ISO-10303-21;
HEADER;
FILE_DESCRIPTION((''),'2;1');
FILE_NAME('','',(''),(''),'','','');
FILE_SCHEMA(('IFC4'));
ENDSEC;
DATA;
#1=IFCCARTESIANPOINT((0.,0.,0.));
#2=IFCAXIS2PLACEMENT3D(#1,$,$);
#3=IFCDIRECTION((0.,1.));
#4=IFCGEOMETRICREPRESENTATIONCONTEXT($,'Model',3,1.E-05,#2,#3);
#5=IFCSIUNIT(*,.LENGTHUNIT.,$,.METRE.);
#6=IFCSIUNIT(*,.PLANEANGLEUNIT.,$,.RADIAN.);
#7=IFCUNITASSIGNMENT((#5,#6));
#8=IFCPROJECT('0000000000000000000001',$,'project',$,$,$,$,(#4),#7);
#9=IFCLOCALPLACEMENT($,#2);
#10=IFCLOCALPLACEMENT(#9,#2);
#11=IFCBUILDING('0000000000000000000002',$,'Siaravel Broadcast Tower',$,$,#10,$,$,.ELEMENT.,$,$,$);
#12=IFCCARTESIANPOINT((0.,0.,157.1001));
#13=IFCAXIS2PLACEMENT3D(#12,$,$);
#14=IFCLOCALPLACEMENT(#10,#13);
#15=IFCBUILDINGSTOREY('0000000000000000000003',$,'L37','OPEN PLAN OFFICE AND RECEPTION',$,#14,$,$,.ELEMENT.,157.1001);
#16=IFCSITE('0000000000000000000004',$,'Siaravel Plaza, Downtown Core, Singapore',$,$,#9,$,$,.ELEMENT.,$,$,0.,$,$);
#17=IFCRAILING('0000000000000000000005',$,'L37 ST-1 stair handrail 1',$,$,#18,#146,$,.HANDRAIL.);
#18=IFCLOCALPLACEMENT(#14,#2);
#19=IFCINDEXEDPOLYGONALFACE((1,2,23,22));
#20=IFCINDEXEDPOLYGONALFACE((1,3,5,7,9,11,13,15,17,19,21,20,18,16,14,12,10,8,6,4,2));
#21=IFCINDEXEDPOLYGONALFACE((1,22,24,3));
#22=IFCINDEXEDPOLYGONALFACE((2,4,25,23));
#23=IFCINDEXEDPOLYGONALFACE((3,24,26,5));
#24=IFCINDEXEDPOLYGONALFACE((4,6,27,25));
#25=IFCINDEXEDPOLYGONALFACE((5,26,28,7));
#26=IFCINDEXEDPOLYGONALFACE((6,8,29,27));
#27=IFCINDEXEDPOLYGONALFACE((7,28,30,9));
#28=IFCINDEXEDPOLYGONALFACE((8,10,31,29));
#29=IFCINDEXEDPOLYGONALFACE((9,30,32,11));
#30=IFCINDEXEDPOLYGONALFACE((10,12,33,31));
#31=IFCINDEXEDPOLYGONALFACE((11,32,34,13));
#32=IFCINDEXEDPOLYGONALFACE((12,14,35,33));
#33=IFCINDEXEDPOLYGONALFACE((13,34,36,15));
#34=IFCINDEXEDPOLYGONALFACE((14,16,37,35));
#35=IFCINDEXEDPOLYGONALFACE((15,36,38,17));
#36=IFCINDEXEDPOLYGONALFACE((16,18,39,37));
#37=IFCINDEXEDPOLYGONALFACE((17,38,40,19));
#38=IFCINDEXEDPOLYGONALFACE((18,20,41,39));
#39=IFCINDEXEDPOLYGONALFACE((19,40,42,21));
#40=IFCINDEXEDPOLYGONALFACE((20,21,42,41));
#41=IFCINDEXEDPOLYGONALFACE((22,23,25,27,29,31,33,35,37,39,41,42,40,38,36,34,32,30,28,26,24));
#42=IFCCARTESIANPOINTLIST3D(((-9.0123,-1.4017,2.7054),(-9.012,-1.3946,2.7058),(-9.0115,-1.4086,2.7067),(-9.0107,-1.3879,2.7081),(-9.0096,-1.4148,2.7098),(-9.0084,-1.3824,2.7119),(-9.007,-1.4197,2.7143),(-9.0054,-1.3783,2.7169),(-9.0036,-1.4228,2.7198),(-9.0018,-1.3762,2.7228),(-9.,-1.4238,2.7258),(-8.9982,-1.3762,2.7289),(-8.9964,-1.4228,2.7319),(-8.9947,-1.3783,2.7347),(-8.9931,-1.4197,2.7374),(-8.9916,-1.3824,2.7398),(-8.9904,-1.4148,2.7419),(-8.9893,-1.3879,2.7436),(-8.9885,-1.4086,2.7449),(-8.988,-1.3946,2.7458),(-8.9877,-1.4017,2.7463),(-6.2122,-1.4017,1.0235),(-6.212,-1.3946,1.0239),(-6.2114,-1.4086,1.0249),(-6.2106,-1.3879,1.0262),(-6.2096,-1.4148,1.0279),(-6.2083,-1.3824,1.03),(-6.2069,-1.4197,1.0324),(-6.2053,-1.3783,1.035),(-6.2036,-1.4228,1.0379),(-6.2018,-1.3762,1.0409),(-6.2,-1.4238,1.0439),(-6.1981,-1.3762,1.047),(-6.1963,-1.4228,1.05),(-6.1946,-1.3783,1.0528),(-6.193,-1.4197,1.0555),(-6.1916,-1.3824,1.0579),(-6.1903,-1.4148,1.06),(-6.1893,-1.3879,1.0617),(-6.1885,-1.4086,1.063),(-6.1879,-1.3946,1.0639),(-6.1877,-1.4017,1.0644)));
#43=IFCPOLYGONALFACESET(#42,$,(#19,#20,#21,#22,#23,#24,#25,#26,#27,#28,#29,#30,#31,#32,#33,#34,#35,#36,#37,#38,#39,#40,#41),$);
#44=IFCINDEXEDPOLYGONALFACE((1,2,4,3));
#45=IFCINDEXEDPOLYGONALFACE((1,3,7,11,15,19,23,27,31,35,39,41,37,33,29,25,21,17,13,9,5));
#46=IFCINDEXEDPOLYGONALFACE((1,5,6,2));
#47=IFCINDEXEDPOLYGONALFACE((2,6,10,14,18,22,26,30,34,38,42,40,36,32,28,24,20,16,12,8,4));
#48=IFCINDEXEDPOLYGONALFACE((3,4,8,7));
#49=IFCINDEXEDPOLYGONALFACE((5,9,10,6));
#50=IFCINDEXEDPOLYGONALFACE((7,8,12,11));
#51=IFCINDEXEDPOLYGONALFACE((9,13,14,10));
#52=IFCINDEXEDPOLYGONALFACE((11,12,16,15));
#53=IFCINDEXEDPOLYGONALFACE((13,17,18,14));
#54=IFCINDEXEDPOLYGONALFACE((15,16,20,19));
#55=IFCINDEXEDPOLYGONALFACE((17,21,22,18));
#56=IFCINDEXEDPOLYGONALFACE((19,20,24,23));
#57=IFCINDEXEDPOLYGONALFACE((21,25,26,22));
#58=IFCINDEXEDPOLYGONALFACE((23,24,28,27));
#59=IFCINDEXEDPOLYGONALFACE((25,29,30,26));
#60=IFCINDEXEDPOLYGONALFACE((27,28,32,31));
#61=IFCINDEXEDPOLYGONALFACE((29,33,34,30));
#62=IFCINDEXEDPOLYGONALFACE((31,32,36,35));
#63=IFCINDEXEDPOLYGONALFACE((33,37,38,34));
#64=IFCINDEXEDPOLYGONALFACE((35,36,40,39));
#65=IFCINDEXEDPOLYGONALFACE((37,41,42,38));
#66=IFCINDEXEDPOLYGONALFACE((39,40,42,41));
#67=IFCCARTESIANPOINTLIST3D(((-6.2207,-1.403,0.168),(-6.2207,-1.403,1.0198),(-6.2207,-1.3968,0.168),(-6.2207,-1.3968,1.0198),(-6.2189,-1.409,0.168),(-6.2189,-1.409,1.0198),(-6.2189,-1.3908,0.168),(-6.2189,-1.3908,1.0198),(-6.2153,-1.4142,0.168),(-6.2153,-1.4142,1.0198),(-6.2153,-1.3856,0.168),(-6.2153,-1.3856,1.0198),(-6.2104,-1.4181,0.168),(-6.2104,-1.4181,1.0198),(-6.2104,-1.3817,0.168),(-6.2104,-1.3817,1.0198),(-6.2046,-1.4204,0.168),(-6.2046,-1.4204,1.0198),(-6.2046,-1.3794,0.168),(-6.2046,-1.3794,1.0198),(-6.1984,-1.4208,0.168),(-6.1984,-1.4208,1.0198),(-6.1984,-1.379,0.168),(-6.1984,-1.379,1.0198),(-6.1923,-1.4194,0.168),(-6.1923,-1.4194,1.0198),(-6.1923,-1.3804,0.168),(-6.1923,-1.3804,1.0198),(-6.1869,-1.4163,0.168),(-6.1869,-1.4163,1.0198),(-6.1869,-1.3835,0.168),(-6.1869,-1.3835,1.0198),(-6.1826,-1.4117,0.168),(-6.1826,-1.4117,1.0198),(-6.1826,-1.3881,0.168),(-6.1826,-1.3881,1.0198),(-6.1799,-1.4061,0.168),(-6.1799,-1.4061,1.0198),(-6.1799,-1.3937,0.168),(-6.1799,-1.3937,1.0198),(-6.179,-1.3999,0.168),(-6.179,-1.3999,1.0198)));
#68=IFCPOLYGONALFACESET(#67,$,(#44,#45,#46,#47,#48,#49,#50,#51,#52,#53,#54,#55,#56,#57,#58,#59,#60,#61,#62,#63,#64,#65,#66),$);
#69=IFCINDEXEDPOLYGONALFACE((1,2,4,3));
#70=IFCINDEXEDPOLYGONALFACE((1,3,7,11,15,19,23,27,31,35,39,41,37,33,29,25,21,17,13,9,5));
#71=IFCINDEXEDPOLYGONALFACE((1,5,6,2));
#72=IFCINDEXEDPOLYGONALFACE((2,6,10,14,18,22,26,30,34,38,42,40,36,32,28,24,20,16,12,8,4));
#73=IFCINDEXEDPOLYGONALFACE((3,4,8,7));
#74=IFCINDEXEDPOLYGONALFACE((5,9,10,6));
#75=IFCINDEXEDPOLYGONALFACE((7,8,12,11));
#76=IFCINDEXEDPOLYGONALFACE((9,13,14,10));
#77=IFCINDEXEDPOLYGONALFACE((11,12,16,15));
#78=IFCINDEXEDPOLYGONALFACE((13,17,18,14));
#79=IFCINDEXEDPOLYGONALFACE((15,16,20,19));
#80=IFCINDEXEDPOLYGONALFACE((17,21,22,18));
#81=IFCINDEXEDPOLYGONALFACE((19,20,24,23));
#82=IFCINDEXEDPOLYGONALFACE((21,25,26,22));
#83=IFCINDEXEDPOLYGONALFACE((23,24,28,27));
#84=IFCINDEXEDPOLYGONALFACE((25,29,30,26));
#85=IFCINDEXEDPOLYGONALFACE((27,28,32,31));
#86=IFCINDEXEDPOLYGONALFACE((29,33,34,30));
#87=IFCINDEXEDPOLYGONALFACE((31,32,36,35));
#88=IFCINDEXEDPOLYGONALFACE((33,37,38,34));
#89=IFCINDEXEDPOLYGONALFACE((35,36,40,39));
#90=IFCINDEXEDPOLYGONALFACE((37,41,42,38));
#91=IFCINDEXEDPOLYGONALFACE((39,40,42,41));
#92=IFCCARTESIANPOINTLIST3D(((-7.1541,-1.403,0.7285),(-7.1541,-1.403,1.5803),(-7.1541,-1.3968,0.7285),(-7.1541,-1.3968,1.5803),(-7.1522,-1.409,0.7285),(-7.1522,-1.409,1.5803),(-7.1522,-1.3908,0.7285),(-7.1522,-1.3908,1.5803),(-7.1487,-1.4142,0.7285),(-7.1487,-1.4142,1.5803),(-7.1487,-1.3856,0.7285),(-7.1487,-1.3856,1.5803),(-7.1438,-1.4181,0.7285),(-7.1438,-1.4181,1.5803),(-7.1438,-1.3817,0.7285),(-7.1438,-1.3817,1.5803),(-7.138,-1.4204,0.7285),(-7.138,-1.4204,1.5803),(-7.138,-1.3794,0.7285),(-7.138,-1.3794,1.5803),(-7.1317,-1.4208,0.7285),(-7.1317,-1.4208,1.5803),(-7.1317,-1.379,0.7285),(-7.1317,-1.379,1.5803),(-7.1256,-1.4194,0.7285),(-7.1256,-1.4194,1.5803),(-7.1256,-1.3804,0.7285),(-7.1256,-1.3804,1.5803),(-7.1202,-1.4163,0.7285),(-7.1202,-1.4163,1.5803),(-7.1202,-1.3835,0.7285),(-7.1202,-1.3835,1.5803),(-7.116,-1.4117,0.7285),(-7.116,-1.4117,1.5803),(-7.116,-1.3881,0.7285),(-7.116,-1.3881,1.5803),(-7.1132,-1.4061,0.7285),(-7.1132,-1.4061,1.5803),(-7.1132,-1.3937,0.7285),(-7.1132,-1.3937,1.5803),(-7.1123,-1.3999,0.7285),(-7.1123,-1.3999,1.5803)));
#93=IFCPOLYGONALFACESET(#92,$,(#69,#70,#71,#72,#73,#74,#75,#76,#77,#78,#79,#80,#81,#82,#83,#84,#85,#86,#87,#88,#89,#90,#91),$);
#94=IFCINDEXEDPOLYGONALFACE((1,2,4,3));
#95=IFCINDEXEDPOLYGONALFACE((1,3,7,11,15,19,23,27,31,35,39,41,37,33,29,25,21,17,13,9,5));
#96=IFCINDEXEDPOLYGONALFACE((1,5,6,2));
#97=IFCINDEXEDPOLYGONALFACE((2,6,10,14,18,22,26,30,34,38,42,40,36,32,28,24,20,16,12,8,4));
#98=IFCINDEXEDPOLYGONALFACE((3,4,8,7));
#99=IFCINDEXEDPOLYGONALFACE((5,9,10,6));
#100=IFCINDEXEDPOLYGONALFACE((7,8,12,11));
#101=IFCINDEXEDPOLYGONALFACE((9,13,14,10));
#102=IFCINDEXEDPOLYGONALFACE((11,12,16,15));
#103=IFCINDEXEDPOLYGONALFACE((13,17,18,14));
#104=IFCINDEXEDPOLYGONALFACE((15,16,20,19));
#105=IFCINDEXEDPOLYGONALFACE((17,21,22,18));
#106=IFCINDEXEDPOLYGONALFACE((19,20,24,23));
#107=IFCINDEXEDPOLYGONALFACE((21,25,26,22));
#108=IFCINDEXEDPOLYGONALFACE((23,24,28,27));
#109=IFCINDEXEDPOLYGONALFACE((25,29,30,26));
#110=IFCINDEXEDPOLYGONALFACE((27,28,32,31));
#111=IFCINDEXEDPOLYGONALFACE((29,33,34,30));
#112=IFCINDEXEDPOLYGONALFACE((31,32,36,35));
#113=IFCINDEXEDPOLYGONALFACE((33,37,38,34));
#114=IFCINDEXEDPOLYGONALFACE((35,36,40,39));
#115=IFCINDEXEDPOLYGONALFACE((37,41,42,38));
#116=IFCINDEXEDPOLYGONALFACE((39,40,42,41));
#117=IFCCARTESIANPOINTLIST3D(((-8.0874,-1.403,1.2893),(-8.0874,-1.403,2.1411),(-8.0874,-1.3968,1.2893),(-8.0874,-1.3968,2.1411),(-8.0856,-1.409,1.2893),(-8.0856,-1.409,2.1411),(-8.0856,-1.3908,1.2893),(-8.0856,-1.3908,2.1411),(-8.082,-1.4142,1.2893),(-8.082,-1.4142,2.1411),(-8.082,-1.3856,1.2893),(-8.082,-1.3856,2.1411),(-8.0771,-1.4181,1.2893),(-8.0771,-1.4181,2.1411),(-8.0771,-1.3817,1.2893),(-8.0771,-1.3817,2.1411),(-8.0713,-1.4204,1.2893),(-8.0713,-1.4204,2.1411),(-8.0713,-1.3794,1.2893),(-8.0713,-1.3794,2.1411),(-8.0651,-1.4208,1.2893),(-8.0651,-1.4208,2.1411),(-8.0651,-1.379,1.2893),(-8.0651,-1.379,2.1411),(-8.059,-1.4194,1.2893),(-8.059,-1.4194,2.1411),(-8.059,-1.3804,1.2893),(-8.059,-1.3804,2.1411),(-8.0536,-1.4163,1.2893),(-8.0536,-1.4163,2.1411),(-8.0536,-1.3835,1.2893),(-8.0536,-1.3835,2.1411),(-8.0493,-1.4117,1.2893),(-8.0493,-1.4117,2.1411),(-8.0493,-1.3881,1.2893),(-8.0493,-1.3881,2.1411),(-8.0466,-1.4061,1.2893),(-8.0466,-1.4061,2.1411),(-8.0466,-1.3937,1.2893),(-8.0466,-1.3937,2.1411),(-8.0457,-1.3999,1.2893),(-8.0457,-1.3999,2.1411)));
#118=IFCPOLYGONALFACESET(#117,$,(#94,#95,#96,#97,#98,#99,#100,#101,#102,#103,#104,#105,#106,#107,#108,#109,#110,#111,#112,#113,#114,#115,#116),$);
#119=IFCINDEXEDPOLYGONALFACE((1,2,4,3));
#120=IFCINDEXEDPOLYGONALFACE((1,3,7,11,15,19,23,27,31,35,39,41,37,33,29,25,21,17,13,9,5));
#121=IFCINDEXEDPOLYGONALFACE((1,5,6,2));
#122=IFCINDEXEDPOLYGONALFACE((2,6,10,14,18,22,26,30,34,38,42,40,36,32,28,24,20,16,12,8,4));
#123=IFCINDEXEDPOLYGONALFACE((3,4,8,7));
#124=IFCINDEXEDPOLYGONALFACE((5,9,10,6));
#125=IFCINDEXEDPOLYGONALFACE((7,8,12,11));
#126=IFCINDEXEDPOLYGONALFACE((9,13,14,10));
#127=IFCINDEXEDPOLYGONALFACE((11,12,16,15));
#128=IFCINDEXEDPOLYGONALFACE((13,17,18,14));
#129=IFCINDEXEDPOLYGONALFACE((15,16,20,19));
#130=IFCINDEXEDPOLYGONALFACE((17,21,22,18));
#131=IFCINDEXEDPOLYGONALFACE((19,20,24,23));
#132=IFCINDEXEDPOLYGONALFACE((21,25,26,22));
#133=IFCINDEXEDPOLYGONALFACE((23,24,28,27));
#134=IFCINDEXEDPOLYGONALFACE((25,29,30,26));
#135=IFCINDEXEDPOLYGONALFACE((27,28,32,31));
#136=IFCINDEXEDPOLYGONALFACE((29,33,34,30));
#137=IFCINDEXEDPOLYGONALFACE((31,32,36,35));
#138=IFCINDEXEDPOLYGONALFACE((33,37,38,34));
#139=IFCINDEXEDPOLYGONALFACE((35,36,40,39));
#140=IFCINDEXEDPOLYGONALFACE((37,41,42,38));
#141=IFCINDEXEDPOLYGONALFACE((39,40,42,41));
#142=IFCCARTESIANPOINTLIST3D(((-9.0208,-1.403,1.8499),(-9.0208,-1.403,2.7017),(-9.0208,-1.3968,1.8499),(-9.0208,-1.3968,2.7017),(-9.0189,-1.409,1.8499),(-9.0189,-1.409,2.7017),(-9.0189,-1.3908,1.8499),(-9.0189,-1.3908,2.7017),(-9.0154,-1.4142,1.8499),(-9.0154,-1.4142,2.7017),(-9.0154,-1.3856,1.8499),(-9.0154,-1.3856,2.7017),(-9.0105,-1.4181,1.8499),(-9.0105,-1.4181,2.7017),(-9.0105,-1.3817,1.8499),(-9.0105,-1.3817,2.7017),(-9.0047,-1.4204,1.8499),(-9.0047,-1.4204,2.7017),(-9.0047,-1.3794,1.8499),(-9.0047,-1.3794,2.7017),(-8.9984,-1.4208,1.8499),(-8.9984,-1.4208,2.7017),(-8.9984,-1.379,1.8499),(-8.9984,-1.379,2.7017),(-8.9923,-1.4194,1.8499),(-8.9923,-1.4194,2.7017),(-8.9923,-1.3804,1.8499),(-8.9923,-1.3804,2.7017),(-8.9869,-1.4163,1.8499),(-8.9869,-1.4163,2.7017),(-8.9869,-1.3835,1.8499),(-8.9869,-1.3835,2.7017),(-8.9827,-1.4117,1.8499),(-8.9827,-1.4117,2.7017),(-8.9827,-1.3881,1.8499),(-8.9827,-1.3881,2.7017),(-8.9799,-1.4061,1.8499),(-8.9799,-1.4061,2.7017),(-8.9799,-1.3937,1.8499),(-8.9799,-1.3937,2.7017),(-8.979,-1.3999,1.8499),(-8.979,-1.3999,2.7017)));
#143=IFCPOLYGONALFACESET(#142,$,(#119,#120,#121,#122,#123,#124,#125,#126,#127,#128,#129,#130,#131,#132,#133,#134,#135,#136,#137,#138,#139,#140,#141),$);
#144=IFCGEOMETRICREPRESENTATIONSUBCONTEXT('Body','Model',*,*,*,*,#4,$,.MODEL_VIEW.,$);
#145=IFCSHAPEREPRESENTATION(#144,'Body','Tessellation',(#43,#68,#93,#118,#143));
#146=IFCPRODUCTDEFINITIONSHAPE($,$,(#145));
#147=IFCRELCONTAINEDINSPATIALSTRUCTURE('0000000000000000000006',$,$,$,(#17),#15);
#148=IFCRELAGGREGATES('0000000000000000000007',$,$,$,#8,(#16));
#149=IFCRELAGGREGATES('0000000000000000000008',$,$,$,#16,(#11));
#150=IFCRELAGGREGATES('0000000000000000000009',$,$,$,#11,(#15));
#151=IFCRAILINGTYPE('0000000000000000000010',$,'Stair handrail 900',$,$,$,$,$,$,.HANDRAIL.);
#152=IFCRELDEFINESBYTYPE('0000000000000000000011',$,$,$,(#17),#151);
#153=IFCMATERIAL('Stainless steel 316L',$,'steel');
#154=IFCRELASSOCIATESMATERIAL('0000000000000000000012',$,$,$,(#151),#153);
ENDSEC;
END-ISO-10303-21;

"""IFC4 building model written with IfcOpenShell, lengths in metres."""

from ifc_helpers import new_model, si_unit, direction, frame, origin, origin_2d, place, context, subcontext, project, spatial, circle, extrude, material, type_object, element, save


model = new_model("IFC4")

# Units and contexts
model_context = context("Model", 3, precision=1e-05, world=origin(), true_north=direction((0.0, 1.0)))
body_context = subcontext(model_context, "Body", "Model", "MODEL_VIEW")
ifc_project = project(units=[si_unit("LENGTHUNIT", "METRE"), si_unit("PLANEANGLEUNIT", "RADIAN")], contexts=[model_context])

# Site, building, storey
site_placement = place(None, origin())
site = spatial("IfcSite", under=ifc_project, at=site_placement, Name="Siaravel Plaza, Downtown Core, Singapore", CompositionType="ELEMENT", RefElevation=0.0)
building_placement = place(site_placement, origin())
building = spatial("IfcBuilding", under=site, at=building_placement, Name="Siaravel Broadcast Tower", CompositionType="ELEMENT")
storey_placement = place(building_placement, frame((0.0, 0.0, 157.1001)))
storey = spatial("IfcBuildingStorey", under=building, at=storey_placement, Name="L37", Description="OPEN PLAN OFFICE AND RECEPTION", CompositionType="ELEMENT", Elevation=157.1001)

# Shared definitions
ifc_material_1 = material(Name="Stainless steel 316L", Category="steel")

# Railing
railing_type_1 = type_object("IfcRailingType", Name="Stair handrail 900", PredefinedType="HANDRAIL", material=ifc_material_1)
railing_1_placement = place(storey_placement, frame((-6.2, -1.3999, 0.168)))
element("IfcRailing", 1, at=railing_1_placement, inside=storey, type_object=railing_type_1, Name="L37 ST-1 stair handrail 1", PredefinedType="HANDRAIL", context=body_context, shape_type="SweptSolid", body=[
    extrude(circle(Radius=0.0239, at=origin_2d()), frame((0.0, 0.0, 0.876), z_axis=(-0.857242, 0.0, 0.514913), x_axis=(0.0, -1.0, 0.0)), (0.0, 0.0, 1.0), 3.2664),
    extrude(circle(Radius=0.021, at=origin_2d()), origin(), (0.0, 0.0, 1.0), 0.8518),
    extrude(circle(Radius=0.021, at=origin_2d()), frame((-0.9333, 0.0, 0.5605)), (0.0, 0.0, 1.0), 0.8518),
    extrude(circle(Radius=0.021, at=origin_2d()), frame((-1.8667, 0.0, 1.1213)), (0.0, 0.0, 1.0), 0.8518),
    extrude(circle(Radius=0.021, at=origin_2d()), frame((-2.8, 0.0, 1.6819)), (0.0, 0.0, 1.0), 0.8518),
])

save(model, "model.ifc")
